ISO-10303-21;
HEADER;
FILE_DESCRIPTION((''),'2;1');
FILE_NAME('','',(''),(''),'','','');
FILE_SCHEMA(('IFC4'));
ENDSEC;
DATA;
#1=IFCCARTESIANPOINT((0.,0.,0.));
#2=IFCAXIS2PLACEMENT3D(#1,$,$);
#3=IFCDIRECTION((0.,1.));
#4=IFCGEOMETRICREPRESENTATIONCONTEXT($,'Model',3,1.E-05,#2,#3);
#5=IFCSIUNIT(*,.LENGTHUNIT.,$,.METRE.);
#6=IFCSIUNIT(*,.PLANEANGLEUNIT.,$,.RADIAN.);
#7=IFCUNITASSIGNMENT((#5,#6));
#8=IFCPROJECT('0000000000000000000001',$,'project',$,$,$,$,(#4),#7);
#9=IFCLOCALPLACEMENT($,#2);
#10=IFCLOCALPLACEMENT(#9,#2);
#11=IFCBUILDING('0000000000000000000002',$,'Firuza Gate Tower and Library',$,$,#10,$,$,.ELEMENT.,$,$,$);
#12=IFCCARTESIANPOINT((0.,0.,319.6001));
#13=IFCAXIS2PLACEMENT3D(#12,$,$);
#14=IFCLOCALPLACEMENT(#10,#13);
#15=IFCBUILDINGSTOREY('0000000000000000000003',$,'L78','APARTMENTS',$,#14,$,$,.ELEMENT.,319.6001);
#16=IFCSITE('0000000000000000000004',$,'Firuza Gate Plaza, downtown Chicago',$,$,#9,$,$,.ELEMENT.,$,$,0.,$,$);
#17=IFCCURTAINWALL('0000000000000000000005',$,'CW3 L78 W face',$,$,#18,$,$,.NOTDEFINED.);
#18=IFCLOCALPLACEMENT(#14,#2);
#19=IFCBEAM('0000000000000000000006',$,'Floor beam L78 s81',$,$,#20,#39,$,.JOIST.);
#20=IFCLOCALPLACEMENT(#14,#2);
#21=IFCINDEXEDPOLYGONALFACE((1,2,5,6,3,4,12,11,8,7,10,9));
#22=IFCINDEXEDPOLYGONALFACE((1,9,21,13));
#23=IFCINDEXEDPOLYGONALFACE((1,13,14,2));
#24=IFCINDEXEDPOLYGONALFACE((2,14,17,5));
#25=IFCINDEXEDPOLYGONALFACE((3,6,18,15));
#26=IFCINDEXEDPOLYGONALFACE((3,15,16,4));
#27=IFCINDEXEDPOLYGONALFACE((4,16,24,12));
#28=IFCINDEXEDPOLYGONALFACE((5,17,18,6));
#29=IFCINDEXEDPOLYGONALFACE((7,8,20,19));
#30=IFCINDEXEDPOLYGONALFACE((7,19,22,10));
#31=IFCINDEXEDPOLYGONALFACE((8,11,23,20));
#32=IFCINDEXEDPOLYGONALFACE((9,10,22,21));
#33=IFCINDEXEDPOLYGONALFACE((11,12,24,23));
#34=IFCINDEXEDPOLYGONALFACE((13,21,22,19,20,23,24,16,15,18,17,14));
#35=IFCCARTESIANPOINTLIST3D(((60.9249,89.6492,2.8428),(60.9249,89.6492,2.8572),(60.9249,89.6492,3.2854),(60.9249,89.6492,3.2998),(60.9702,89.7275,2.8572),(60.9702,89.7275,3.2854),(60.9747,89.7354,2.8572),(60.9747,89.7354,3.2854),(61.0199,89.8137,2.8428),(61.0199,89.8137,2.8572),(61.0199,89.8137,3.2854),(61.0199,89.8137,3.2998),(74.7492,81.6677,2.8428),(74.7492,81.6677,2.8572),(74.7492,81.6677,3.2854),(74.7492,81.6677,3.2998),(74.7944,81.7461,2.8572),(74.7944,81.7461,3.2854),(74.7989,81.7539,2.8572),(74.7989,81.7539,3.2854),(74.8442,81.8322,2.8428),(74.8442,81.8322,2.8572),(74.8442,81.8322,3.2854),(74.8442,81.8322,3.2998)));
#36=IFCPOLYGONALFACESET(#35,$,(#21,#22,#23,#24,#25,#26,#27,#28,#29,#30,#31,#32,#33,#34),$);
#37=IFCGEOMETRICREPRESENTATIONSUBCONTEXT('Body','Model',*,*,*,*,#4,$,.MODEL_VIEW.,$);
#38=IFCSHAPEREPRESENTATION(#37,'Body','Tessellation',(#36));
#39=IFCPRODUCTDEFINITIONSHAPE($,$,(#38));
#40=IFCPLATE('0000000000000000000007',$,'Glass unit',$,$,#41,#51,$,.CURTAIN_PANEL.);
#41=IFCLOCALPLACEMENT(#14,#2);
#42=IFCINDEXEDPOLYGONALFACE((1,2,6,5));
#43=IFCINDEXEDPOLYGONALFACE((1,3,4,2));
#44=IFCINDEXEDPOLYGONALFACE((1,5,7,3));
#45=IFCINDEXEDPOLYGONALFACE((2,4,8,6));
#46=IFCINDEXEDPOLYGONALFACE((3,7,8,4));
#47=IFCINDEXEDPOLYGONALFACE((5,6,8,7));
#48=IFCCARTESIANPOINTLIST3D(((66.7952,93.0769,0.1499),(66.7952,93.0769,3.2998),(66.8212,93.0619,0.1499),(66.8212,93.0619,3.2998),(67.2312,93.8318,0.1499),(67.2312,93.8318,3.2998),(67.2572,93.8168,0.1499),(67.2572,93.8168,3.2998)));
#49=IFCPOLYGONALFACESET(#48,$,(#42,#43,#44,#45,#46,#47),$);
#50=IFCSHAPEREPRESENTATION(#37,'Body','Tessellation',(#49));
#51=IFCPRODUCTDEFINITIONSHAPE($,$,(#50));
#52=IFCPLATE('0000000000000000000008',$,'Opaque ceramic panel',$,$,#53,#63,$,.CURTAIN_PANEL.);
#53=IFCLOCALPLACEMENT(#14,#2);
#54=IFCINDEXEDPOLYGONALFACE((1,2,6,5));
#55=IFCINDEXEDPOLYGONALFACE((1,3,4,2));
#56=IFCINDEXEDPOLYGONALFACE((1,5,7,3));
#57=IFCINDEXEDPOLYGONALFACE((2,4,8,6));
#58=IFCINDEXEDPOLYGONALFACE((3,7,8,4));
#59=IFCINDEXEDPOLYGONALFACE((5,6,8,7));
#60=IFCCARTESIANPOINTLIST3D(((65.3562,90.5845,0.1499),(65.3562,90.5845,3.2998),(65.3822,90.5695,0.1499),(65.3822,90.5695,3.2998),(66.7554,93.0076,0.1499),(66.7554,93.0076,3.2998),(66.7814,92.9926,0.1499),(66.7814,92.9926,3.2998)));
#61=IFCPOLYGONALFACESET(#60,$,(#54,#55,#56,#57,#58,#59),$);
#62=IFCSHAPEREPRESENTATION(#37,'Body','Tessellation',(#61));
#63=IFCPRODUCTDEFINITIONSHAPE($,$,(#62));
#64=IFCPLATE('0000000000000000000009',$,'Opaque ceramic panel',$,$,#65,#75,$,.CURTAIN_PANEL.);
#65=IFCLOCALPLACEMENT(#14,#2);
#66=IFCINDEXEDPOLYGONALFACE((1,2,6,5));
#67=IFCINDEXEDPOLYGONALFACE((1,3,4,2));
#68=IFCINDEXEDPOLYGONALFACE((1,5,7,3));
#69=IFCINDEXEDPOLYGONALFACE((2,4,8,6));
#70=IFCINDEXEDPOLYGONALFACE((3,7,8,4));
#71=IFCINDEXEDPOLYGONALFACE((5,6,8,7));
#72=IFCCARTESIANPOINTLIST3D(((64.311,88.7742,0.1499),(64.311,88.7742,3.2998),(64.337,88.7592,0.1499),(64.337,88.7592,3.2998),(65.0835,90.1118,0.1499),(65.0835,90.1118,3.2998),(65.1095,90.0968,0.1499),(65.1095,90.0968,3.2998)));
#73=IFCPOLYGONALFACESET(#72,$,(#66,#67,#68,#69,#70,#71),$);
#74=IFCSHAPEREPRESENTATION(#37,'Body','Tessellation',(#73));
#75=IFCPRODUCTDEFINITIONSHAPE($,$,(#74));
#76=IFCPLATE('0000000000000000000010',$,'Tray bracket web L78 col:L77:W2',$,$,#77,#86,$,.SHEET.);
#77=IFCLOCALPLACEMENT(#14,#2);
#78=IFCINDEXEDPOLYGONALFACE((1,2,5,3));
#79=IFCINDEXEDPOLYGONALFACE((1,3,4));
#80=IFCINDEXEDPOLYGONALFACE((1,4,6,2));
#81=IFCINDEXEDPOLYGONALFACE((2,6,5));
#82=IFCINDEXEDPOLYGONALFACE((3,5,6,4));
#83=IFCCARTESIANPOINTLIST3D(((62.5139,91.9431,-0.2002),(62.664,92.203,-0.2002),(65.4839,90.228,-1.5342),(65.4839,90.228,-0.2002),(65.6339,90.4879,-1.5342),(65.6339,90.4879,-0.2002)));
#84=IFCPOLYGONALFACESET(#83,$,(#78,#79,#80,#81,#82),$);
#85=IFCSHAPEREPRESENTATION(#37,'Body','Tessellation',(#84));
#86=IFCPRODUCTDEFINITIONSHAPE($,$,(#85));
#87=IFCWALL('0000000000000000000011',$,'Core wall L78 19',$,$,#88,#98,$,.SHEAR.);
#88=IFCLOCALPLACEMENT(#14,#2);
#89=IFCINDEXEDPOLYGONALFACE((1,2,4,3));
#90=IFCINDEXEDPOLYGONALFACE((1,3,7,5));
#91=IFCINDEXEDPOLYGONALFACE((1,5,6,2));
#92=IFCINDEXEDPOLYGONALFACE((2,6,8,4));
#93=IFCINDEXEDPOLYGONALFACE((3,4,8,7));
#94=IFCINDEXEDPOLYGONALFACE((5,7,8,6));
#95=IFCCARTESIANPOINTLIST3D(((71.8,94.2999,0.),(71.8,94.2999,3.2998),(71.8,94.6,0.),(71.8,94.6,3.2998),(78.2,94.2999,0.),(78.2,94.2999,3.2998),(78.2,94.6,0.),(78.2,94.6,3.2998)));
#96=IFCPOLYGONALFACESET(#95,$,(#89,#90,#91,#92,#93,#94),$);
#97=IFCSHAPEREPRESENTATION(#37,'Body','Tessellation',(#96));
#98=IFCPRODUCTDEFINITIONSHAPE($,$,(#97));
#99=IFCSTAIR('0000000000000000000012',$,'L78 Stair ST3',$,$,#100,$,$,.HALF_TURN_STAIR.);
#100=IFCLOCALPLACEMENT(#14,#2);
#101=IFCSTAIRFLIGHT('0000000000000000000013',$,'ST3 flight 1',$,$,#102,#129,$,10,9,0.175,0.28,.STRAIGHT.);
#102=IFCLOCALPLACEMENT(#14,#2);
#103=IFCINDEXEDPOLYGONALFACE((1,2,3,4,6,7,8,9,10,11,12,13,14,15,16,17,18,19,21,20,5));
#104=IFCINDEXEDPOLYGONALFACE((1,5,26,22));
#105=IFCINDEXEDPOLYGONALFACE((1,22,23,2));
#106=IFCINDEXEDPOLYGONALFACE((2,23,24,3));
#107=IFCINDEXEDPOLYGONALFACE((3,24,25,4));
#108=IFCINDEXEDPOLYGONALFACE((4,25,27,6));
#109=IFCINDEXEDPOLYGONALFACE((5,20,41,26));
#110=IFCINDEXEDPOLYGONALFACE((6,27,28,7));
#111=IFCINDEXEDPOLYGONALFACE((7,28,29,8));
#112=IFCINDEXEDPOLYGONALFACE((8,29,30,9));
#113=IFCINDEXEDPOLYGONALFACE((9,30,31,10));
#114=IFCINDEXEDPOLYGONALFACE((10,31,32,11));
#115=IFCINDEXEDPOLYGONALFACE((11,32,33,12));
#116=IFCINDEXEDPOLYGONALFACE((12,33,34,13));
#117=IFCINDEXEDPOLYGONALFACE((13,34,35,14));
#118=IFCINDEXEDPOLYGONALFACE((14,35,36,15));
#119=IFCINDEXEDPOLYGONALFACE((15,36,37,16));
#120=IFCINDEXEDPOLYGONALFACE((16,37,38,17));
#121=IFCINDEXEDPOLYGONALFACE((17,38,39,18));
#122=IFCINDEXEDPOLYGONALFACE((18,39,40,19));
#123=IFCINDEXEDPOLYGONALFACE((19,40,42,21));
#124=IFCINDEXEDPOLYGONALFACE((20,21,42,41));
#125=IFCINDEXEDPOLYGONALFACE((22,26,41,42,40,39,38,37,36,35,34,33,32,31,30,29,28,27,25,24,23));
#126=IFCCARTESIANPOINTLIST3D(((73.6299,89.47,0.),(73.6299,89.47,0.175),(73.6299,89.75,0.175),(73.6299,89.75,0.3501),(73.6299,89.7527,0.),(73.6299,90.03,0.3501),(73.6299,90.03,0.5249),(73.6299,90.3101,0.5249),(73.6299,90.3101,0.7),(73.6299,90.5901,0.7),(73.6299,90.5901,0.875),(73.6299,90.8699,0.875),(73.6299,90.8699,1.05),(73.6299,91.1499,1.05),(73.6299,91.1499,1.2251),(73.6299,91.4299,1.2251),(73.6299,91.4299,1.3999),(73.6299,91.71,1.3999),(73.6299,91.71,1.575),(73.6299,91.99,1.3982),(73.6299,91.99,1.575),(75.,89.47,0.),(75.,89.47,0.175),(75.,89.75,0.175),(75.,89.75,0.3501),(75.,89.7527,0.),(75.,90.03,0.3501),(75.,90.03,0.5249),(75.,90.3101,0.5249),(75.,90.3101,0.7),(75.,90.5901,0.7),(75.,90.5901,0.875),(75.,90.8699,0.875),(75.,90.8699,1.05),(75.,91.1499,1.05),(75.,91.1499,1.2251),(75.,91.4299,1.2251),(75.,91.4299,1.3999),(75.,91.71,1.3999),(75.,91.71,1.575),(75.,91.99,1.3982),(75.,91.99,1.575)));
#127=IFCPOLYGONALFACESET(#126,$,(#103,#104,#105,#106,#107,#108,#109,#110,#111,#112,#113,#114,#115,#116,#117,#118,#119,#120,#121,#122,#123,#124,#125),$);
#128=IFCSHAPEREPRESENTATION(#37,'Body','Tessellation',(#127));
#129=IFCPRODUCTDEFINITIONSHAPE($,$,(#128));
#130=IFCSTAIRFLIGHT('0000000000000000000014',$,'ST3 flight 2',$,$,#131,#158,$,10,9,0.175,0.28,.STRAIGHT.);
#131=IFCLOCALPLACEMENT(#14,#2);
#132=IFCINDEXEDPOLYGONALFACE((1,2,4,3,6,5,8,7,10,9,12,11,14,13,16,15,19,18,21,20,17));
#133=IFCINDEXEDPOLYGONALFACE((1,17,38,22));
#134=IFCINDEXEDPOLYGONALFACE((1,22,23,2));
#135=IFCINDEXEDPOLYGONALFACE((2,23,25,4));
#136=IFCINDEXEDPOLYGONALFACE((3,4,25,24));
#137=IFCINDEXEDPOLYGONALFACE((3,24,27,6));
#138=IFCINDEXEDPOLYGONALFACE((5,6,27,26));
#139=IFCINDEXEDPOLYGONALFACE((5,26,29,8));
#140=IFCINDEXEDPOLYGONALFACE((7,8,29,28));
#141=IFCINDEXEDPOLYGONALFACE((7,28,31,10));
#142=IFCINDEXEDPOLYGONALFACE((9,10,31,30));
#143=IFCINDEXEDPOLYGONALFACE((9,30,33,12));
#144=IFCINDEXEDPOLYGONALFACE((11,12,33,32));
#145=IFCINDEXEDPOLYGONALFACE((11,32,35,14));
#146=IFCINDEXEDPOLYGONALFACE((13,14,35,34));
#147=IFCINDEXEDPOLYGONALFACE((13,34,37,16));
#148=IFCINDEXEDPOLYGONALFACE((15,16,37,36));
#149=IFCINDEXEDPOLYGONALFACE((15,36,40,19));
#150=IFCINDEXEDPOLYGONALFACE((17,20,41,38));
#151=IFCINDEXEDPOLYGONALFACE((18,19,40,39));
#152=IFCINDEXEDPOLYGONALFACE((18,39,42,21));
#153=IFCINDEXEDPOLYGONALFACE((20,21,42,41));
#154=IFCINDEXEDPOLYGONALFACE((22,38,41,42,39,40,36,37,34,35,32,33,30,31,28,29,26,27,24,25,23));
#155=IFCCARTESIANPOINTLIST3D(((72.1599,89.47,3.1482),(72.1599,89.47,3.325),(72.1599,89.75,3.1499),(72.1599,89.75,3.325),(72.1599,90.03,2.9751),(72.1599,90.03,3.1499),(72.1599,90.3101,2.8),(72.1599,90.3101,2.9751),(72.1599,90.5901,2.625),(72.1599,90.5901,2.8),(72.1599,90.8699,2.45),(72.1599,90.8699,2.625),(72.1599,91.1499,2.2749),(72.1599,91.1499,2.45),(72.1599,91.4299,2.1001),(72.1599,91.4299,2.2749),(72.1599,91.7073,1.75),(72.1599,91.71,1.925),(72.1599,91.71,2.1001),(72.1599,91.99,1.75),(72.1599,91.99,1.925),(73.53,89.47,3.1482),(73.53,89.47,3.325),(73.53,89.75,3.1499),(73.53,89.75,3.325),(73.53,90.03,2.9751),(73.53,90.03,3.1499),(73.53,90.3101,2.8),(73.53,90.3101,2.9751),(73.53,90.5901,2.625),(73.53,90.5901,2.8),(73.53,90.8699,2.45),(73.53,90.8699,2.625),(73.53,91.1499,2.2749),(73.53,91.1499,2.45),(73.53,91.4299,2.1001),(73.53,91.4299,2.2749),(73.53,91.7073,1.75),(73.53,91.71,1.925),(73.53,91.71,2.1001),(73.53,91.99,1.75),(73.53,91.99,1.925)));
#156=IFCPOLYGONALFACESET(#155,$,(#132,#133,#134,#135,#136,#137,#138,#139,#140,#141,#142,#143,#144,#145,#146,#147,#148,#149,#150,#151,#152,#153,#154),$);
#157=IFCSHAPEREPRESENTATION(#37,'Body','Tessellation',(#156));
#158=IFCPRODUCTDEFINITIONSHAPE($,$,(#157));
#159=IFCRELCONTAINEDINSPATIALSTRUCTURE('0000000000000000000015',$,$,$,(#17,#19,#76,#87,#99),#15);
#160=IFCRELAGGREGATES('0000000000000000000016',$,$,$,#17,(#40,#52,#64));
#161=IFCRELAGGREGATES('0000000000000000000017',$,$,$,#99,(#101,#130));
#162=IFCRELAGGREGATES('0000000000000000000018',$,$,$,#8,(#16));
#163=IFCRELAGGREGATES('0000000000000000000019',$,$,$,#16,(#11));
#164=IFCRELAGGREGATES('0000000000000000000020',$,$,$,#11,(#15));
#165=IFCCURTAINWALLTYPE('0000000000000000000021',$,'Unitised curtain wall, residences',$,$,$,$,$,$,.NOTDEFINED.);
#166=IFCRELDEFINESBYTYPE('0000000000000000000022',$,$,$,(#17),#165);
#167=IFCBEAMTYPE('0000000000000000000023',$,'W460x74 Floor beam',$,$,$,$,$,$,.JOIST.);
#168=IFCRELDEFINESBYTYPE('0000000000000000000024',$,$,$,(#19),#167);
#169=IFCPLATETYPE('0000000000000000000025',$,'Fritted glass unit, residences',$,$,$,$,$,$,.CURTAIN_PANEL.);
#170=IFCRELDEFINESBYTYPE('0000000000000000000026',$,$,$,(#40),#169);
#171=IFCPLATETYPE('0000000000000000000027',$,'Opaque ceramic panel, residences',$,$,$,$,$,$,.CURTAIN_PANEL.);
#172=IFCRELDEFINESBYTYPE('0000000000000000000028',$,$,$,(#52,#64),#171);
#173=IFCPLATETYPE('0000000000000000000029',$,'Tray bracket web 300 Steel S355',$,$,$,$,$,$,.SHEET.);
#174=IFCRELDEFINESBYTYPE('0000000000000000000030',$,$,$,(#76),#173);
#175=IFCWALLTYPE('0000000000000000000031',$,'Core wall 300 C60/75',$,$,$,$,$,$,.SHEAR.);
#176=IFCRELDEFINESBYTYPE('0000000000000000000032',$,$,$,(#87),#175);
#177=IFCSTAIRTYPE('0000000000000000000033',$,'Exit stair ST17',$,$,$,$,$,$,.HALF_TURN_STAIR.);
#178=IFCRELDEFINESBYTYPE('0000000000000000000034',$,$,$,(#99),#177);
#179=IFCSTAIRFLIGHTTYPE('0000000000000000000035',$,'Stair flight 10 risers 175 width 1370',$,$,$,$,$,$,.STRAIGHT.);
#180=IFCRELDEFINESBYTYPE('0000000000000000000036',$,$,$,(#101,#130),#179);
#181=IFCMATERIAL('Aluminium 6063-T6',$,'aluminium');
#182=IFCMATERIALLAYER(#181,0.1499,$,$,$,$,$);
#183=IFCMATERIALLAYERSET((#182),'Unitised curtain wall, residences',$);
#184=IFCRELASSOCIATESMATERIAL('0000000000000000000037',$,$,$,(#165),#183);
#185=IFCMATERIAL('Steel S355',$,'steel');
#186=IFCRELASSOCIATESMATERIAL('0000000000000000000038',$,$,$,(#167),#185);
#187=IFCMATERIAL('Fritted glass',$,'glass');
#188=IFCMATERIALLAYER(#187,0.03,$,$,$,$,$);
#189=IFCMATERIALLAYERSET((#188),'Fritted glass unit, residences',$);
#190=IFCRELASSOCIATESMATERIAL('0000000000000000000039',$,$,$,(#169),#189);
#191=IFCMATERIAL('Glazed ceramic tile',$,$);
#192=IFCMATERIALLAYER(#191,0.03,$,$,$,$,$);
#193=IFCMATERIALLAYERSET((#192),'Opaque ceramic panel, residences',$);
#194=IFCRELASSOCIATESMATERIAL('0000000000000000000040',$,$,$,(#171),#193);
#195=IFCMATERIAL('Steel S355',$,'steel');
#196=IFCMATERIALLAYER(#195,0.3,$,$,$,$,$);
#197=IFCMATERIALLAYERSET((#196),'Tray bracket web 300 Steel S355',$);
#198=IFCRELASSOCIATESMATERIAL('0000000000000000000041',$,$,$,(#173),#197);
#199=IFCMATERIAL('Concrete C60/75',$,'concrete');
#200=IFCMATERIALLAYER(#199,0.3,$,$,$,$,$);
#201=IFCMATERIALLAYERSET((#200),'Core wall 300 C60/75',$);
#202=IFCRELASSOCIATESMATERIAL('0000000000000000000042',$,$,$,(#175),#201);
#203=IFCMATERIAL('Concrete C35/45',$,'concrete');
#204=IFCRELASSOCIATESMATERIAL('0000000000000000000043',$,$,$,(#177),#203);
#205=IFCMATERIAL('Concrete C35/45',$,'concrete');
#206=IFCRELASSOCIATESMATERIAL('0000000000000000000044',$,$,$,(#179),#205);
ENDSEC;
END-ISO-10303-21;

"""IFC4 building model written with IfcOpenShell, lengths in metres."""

from ifc_helpers import new_model, si_unit, direction, frame, frame_2d, origin, origin_2d, place, context, subcontext, project, spatial, polyline, rectangle, i_section, outline, extrude, material, layer, layer_set, material_profile, profile_set, type_object, element, aggregate, save


model = new_model("IFC4")

# Units and contexts
model_context = context("Model", 3, precision=1e-05, world=origin(), true_north=direction((0.0, 1.0)))
body_context = subcontext(model_context, "Body", "Model", "MODEL_VIEW")
ifc_project = project(units=[si_unit("LENGTHUNIT", "METRE"), si_unit("PLANEANGLEUNIT", "RADIAN")], contexts=[model_context])

# Site, building, storey
site_placement = place(None, origin())
site = spatial("IfcSite", under=ifc_project, at=site_placement, Name="Firuza Gate Plaza, downtown Chicago", CompositionType="ELEMENT", RefElevation=0.0)
building_placement = place(site_placement, origin())
building = spatial("IfcBuilding", under=site, at=building_placement, Name="Firuza Gate Tower and Library", CompositionType="ELEMENT")
storey_placement = place(building_placement, frame((0.0, 0.0, 319.6001)))
storey = spatial("IfcBuildingStorey", under=building, at=storey_placement, Name="L78", Description="APARTMENTS", CompositionType="ELEMENT", Elevation=319.6001)

# Curtain wall
ifc_material_1 = material(Name="Aluminium 6063-T6", Category="aluminium")
ifc_layer_1 = layer(ifc_material_1, 0.1499)
ifc_layer_set_1 = layer_set([ifc_layer_1], Name="Unitised curtain wall, residences")
curtain_wall_type = type_object("IfcCurtainWallType", Name="Unitised curtain wall, residences", PredefinedType="NOTDEFINED", material=ifc_layer_set_1)
placement = place(storey_placement, origin())
curtain_wall = element("IfcCurtainWall", 1, at=placement, inside=storey, type_object=curtain_wall_type, Name="CW3 L78 W face", PredefinedType="NOTDEFINED")

# Beam
ifc_material_2 = material(Name="Steel S355", Category="steel")
ifc_material_profile_1 = material_profile(ifc_material_2, i_section(OverallWidth=0.1899, OverallDepth=0.457, WebThickness=0.009, FlangeThickness=0.0144, at=origin_2d()))
ifc_profile_set_1 = profile_set([ifc_material_profile_1], Name="Steel S355")
beam_type_1 = type_object("IfcBeamType", Name="W460x74 Floor beam", PredefinedType="JOIST", material=ifc_profile_set_1)
beam_1_placement = place(storey_placement, frame((60.9724, 89.7314, 3.0713), z_axis=(0.866025, -0.500001, 0.0), x_axis=(0.500001, 0.866025, 0.0)))
element("IfcBeam", 2, at=beam_1_placement, inside=storey, type_object=beam_type_1, Name="Floor beam L78 s81", PredefinedType="JOIST", context=body_context, shape_type="SweptSolid", body=[
    extrude(i_section(OverallWidth=0.1899, OverallDepth=0.457, WebThickness=0.009, FlangeThickness=0.0144, at=origin_2d()), origin(), (0.0, 0.0, 1.0), 15.9629),
])

# Plates
ifc_material_3 = material(Name="Fritted glass", Category="glass")
ifc_layer_2 = layer(ifc_material_3, 0.03)
ifc_layer_set_2 = layer_set([ifc_layer_2], Name="Fritted glass unit, residences")
plate_type_1 = type_object("IfcPlateType", Name="Fritted glass unit, residences", PredefinedType="CURTAIN_PANEL", material=ifc_layer_set_2)
plate_1_placement = place(storey_placement, frame((67.2312, 93.8318, 0.1499), z_axis=(-0.865924, 0.500175, 0.0), x_axis=(-0.500175, -0.865924, 0.0)))
plate_1 = element("IfcPlate", 3, at=plate_1_placement, type_object=plate_type_1, Name="Glass unit", PredefinedType="CURTAIN_PANEL", context=body_context, shape_type="SweptSolid", body=[
    extrude(outline(polyline([(0.0, 0.0), (0.8718, 0.0), (0.8718, 3.1499), (0.0, 3.1499), (0.0, 0.0)])), origin(), (0.0, 0.0, -1.0), 0.03),
])
ifc_material_4 = material(Name="Glazed ceramic tile")
ifc_layer_3 = layer(ifc_material_4, 0.03)
ifc_layer_set_3 = layer_set([ifc_layer_3], Name="Opaque ceramic panel, residences")
plate_type_2 = type_object("IfcPlateType", Name="Opaque ceramic panel, residences", PredefinedType="CURTAIN_PANEL", material=ifc_layer_set_3)
plate_2_placement = place(storey_placement, frame((66.7554, 93.0076, 0.1499), z_axis=(-0.865995, 0.500052, 0.0), x_axis=(-0.500052, -0.865995, 0.0)))
plate_2 = element("IfcPlate", 4, at=plate_2_placement, type_object=plate_type_2, Name="Opaque ceramic panel", PredefinedType="CURTAIN_PANEL", context=body_context, shape_type="SweptSolid", body=[
    extrude(outline(polyline([(0.0, 0.0), (2.798, 0.0), (2.798, 3.1499), (0.0, 3.1499), (0.0, 0.0)])), origin(), (0.0, 0.0, -1.0), 0.03),
])
plate_3_placement = place(storey_placement, frame((65.0835, 90.1118, 0.1499), z_axis=(-0.865978, 0.500083, 0.0), x_axis=(-0.500083, -0.865978, 0.0)))
plate_3 = element("IfcPlate", 5, at=plate_3_placement, type_object=plate_type_2, Name="Opaque ceramic panel", PredefinedType="CURTAIN_PANEL", context=body_context, shape_type="SweptSolid", body=[
    extrude(outline(polyline([(0.0, 0.0), (1.5447, 0.0), (1.5447, 3.1499), (0.0, 3.1499), (0.0, 0.0)])), origin(), (0.0, 0.0, -1.0), 0.03),
])
aggregate(curtain_wall, [plate_1, plate_2, plate_3])
ifc_material_5 = material(Name="Steel S355", Category="steel")
ifc_layer_4 = layer(ifc_material_5, 0.3)
ifc_layer_set_4 = layer_set([ifc_layer_4], Name="Tray bracket web 300 Steel S355")
plate_type_3 = type_object("IfcPlateType", Name="Tray bracket web 300 Steel S355", PredefinedType="SHEET", material=ifc_layer_set_4)
plate_4_placement = place(storey_placement, frame((65.4839, 90.228, -0.2002), z_axis=(-0.500082, -0.865978, 0.0), x_axis=(-0.865978, 0.500082, 0.0)))
element("IfcPlate", 6, at=plate_4_placement, inside=storey, type_object=plate_type_3, Name="Tray bracket web L78 col:L77:W2", PredefinedType="SHEET", context=body_context, shape_type="SweptSolid", body=[
    extrude(outline(polyline([(0.0, 0.0), (3.4296, 0.0), (0.0, 1.334), (0.0, 0.0)])), origin(), (0.0, 0.0, -1.0), 0.3),
])

# Wall
ifc_material_6 = material(Name="Concrete C60/75", Category="concrete")
ifc_layer_5 = layer(ifc_material_6, 0.3)
ifc_layer_set_5 = layer_set([ifc_layer_5], Name="Core wall 300 C60/75")
wall_type = type_object("IfcWallType", Name="Core wall 300 C60/75", PredefinedType="SHEAR", material=ifc_layer_set_5)
wall_placement = place(storey_placement, frame((71.8, 94.45, 0.0), z_axis=(0.0, 0.0, 1.0), x_axis=(1.0, 0.0, 0.0)))
element("IfcWall", 7, at=wall_placement, inside=storey, type_object=wall_type, Name="Core wall L78 19", PredefinedType="SHEAR", context=body_context, shape_type="SweptSolid", body=[
    extrude(rectangle(XDim=6.3999, YDim=0.3, at=frame_2d((3.2, 0.0))), origin(), (0.0, 0.0, 1.0), 3.2998),
])

# Stair, stair flights
ifc_material_7 = material(Name="Concrete C35/45", Category="concrete")
stair_type = type_object("IfcStairType", Name="Exit stair ST17", PredefinedType="HALF_TURN_STAIR", material=ifc_material_7)
stair = element("IfcStair", 8, at=placement, inside=storey, type_object=stair_type, Name="L78 Stair ST3", PredefinedType="HALF_TURN_STAIR")
ifc_material_8 = material(Name="Concrete C35/45", Category="concrete")
stair_flight_type = type_object("IfcStairFlightType", Name="Stair flight 10 risers 175 width 1370", PredefinedType="STRAIGHT", material=ifc_material_8)
stair_flight_1_placement = place(storey_placement, frame((74.3149, 89.47, 0.0), z_axis=(0.0, 0.0, 1.0), x_axis=(0.0, 1.0, 0.0)))
stair_flight_1 = element("IfcStairFlight", 9, at=stair_flight_1_placement, type_object=stair_flight_type, Name="ST3 flight 1", NumberOfRisers=10, NumberOfTreads=9, PredefinedType="STRAIGHT", RiserHeight=0.175, TreadLength=0.28, context=body_context, shape_type="SweptSolid", body=[
    extrude(outline(polyline([(0.0, 0.0), (0.0, 0.175), (0.28, 0.175), (0.28, 0.3501), (0.5601, 0.3501), (0.5601, 0.5249), (0.8401, 0.5249), (0.8401, 0.7), (1.1201, 0.7), (1.1201, 0.875), (1.3999, 0.875), (1.3999, 1.05), (1.6799, 1.05), (1.6799, 1.2251), (1.96, 1.2251), (1.96, 1.3999), (2.24, 1.3999), (2.24, 1.575), (2.52, 1.575), (2.52, 1.75), (2.52, 1.3982), (0.2827, 0.0), (0.0, 0.0)])), frame((0.0, 0.6851, 0.0), z_axis=(0.0, -1.0, 0.0), x_axis=(1.0, 0.0, 0.0)), (0.0, 0.0, 1.0), 1.3701),
])
stair_flight_2_placement = place(storey_placement, frame((72.845, 91.99, 1.75), z_axis=(0.0, 0.0, 1.0), x_axis=(0.0, -1.0, 0.0)))
stair_flight_2 = element("IfcStairFlight", 10, at=stair_flight_2_placement, type_object=stair_flight_type, Name="ST3 flight 2", NumberOfRisers=10, NumberOfTreads=9, PredefinedType="STRAIGHT", RiserHeight=0.175, TreadLength=0.28, context=body_context, shape_type="SweptSolid", body=[
    extrude(outline(polyline([(0.0, 0.0), (0.0, 0.175), (0.28, 0.175), (0.28, 0.3501), (0.5601, 0.3501), (0.5601, 0.5249), (0.8401, 0.5249), (0.8401, 0.7), (1.1201, 0.7), (1.1201, 0.875), (1.3999, 0.875), (1.3999, 1.05), (1.6799, 1.05), (1.6799, 1.2251), (1.96, 1.2251), (1.96, 1.3999), (2.24, 1.3999), (2.24, 1.575), (2.52, 1.575), (2.52, 1.75), (2.52, 1.3982), (0.2827, 0.0), (0.0, 0.0)])), frame((0.0, 0.6851, 0.0), z_axis=(0.0, -1.0, 0.0), x_axis=(1.0, 0.0, 0.0)), (0.0, 0.0, 1.0), 1.3701),
])
aggregate(stair, [stair_flight_1, stair_flight_2])

save(model, "model.ifc")
